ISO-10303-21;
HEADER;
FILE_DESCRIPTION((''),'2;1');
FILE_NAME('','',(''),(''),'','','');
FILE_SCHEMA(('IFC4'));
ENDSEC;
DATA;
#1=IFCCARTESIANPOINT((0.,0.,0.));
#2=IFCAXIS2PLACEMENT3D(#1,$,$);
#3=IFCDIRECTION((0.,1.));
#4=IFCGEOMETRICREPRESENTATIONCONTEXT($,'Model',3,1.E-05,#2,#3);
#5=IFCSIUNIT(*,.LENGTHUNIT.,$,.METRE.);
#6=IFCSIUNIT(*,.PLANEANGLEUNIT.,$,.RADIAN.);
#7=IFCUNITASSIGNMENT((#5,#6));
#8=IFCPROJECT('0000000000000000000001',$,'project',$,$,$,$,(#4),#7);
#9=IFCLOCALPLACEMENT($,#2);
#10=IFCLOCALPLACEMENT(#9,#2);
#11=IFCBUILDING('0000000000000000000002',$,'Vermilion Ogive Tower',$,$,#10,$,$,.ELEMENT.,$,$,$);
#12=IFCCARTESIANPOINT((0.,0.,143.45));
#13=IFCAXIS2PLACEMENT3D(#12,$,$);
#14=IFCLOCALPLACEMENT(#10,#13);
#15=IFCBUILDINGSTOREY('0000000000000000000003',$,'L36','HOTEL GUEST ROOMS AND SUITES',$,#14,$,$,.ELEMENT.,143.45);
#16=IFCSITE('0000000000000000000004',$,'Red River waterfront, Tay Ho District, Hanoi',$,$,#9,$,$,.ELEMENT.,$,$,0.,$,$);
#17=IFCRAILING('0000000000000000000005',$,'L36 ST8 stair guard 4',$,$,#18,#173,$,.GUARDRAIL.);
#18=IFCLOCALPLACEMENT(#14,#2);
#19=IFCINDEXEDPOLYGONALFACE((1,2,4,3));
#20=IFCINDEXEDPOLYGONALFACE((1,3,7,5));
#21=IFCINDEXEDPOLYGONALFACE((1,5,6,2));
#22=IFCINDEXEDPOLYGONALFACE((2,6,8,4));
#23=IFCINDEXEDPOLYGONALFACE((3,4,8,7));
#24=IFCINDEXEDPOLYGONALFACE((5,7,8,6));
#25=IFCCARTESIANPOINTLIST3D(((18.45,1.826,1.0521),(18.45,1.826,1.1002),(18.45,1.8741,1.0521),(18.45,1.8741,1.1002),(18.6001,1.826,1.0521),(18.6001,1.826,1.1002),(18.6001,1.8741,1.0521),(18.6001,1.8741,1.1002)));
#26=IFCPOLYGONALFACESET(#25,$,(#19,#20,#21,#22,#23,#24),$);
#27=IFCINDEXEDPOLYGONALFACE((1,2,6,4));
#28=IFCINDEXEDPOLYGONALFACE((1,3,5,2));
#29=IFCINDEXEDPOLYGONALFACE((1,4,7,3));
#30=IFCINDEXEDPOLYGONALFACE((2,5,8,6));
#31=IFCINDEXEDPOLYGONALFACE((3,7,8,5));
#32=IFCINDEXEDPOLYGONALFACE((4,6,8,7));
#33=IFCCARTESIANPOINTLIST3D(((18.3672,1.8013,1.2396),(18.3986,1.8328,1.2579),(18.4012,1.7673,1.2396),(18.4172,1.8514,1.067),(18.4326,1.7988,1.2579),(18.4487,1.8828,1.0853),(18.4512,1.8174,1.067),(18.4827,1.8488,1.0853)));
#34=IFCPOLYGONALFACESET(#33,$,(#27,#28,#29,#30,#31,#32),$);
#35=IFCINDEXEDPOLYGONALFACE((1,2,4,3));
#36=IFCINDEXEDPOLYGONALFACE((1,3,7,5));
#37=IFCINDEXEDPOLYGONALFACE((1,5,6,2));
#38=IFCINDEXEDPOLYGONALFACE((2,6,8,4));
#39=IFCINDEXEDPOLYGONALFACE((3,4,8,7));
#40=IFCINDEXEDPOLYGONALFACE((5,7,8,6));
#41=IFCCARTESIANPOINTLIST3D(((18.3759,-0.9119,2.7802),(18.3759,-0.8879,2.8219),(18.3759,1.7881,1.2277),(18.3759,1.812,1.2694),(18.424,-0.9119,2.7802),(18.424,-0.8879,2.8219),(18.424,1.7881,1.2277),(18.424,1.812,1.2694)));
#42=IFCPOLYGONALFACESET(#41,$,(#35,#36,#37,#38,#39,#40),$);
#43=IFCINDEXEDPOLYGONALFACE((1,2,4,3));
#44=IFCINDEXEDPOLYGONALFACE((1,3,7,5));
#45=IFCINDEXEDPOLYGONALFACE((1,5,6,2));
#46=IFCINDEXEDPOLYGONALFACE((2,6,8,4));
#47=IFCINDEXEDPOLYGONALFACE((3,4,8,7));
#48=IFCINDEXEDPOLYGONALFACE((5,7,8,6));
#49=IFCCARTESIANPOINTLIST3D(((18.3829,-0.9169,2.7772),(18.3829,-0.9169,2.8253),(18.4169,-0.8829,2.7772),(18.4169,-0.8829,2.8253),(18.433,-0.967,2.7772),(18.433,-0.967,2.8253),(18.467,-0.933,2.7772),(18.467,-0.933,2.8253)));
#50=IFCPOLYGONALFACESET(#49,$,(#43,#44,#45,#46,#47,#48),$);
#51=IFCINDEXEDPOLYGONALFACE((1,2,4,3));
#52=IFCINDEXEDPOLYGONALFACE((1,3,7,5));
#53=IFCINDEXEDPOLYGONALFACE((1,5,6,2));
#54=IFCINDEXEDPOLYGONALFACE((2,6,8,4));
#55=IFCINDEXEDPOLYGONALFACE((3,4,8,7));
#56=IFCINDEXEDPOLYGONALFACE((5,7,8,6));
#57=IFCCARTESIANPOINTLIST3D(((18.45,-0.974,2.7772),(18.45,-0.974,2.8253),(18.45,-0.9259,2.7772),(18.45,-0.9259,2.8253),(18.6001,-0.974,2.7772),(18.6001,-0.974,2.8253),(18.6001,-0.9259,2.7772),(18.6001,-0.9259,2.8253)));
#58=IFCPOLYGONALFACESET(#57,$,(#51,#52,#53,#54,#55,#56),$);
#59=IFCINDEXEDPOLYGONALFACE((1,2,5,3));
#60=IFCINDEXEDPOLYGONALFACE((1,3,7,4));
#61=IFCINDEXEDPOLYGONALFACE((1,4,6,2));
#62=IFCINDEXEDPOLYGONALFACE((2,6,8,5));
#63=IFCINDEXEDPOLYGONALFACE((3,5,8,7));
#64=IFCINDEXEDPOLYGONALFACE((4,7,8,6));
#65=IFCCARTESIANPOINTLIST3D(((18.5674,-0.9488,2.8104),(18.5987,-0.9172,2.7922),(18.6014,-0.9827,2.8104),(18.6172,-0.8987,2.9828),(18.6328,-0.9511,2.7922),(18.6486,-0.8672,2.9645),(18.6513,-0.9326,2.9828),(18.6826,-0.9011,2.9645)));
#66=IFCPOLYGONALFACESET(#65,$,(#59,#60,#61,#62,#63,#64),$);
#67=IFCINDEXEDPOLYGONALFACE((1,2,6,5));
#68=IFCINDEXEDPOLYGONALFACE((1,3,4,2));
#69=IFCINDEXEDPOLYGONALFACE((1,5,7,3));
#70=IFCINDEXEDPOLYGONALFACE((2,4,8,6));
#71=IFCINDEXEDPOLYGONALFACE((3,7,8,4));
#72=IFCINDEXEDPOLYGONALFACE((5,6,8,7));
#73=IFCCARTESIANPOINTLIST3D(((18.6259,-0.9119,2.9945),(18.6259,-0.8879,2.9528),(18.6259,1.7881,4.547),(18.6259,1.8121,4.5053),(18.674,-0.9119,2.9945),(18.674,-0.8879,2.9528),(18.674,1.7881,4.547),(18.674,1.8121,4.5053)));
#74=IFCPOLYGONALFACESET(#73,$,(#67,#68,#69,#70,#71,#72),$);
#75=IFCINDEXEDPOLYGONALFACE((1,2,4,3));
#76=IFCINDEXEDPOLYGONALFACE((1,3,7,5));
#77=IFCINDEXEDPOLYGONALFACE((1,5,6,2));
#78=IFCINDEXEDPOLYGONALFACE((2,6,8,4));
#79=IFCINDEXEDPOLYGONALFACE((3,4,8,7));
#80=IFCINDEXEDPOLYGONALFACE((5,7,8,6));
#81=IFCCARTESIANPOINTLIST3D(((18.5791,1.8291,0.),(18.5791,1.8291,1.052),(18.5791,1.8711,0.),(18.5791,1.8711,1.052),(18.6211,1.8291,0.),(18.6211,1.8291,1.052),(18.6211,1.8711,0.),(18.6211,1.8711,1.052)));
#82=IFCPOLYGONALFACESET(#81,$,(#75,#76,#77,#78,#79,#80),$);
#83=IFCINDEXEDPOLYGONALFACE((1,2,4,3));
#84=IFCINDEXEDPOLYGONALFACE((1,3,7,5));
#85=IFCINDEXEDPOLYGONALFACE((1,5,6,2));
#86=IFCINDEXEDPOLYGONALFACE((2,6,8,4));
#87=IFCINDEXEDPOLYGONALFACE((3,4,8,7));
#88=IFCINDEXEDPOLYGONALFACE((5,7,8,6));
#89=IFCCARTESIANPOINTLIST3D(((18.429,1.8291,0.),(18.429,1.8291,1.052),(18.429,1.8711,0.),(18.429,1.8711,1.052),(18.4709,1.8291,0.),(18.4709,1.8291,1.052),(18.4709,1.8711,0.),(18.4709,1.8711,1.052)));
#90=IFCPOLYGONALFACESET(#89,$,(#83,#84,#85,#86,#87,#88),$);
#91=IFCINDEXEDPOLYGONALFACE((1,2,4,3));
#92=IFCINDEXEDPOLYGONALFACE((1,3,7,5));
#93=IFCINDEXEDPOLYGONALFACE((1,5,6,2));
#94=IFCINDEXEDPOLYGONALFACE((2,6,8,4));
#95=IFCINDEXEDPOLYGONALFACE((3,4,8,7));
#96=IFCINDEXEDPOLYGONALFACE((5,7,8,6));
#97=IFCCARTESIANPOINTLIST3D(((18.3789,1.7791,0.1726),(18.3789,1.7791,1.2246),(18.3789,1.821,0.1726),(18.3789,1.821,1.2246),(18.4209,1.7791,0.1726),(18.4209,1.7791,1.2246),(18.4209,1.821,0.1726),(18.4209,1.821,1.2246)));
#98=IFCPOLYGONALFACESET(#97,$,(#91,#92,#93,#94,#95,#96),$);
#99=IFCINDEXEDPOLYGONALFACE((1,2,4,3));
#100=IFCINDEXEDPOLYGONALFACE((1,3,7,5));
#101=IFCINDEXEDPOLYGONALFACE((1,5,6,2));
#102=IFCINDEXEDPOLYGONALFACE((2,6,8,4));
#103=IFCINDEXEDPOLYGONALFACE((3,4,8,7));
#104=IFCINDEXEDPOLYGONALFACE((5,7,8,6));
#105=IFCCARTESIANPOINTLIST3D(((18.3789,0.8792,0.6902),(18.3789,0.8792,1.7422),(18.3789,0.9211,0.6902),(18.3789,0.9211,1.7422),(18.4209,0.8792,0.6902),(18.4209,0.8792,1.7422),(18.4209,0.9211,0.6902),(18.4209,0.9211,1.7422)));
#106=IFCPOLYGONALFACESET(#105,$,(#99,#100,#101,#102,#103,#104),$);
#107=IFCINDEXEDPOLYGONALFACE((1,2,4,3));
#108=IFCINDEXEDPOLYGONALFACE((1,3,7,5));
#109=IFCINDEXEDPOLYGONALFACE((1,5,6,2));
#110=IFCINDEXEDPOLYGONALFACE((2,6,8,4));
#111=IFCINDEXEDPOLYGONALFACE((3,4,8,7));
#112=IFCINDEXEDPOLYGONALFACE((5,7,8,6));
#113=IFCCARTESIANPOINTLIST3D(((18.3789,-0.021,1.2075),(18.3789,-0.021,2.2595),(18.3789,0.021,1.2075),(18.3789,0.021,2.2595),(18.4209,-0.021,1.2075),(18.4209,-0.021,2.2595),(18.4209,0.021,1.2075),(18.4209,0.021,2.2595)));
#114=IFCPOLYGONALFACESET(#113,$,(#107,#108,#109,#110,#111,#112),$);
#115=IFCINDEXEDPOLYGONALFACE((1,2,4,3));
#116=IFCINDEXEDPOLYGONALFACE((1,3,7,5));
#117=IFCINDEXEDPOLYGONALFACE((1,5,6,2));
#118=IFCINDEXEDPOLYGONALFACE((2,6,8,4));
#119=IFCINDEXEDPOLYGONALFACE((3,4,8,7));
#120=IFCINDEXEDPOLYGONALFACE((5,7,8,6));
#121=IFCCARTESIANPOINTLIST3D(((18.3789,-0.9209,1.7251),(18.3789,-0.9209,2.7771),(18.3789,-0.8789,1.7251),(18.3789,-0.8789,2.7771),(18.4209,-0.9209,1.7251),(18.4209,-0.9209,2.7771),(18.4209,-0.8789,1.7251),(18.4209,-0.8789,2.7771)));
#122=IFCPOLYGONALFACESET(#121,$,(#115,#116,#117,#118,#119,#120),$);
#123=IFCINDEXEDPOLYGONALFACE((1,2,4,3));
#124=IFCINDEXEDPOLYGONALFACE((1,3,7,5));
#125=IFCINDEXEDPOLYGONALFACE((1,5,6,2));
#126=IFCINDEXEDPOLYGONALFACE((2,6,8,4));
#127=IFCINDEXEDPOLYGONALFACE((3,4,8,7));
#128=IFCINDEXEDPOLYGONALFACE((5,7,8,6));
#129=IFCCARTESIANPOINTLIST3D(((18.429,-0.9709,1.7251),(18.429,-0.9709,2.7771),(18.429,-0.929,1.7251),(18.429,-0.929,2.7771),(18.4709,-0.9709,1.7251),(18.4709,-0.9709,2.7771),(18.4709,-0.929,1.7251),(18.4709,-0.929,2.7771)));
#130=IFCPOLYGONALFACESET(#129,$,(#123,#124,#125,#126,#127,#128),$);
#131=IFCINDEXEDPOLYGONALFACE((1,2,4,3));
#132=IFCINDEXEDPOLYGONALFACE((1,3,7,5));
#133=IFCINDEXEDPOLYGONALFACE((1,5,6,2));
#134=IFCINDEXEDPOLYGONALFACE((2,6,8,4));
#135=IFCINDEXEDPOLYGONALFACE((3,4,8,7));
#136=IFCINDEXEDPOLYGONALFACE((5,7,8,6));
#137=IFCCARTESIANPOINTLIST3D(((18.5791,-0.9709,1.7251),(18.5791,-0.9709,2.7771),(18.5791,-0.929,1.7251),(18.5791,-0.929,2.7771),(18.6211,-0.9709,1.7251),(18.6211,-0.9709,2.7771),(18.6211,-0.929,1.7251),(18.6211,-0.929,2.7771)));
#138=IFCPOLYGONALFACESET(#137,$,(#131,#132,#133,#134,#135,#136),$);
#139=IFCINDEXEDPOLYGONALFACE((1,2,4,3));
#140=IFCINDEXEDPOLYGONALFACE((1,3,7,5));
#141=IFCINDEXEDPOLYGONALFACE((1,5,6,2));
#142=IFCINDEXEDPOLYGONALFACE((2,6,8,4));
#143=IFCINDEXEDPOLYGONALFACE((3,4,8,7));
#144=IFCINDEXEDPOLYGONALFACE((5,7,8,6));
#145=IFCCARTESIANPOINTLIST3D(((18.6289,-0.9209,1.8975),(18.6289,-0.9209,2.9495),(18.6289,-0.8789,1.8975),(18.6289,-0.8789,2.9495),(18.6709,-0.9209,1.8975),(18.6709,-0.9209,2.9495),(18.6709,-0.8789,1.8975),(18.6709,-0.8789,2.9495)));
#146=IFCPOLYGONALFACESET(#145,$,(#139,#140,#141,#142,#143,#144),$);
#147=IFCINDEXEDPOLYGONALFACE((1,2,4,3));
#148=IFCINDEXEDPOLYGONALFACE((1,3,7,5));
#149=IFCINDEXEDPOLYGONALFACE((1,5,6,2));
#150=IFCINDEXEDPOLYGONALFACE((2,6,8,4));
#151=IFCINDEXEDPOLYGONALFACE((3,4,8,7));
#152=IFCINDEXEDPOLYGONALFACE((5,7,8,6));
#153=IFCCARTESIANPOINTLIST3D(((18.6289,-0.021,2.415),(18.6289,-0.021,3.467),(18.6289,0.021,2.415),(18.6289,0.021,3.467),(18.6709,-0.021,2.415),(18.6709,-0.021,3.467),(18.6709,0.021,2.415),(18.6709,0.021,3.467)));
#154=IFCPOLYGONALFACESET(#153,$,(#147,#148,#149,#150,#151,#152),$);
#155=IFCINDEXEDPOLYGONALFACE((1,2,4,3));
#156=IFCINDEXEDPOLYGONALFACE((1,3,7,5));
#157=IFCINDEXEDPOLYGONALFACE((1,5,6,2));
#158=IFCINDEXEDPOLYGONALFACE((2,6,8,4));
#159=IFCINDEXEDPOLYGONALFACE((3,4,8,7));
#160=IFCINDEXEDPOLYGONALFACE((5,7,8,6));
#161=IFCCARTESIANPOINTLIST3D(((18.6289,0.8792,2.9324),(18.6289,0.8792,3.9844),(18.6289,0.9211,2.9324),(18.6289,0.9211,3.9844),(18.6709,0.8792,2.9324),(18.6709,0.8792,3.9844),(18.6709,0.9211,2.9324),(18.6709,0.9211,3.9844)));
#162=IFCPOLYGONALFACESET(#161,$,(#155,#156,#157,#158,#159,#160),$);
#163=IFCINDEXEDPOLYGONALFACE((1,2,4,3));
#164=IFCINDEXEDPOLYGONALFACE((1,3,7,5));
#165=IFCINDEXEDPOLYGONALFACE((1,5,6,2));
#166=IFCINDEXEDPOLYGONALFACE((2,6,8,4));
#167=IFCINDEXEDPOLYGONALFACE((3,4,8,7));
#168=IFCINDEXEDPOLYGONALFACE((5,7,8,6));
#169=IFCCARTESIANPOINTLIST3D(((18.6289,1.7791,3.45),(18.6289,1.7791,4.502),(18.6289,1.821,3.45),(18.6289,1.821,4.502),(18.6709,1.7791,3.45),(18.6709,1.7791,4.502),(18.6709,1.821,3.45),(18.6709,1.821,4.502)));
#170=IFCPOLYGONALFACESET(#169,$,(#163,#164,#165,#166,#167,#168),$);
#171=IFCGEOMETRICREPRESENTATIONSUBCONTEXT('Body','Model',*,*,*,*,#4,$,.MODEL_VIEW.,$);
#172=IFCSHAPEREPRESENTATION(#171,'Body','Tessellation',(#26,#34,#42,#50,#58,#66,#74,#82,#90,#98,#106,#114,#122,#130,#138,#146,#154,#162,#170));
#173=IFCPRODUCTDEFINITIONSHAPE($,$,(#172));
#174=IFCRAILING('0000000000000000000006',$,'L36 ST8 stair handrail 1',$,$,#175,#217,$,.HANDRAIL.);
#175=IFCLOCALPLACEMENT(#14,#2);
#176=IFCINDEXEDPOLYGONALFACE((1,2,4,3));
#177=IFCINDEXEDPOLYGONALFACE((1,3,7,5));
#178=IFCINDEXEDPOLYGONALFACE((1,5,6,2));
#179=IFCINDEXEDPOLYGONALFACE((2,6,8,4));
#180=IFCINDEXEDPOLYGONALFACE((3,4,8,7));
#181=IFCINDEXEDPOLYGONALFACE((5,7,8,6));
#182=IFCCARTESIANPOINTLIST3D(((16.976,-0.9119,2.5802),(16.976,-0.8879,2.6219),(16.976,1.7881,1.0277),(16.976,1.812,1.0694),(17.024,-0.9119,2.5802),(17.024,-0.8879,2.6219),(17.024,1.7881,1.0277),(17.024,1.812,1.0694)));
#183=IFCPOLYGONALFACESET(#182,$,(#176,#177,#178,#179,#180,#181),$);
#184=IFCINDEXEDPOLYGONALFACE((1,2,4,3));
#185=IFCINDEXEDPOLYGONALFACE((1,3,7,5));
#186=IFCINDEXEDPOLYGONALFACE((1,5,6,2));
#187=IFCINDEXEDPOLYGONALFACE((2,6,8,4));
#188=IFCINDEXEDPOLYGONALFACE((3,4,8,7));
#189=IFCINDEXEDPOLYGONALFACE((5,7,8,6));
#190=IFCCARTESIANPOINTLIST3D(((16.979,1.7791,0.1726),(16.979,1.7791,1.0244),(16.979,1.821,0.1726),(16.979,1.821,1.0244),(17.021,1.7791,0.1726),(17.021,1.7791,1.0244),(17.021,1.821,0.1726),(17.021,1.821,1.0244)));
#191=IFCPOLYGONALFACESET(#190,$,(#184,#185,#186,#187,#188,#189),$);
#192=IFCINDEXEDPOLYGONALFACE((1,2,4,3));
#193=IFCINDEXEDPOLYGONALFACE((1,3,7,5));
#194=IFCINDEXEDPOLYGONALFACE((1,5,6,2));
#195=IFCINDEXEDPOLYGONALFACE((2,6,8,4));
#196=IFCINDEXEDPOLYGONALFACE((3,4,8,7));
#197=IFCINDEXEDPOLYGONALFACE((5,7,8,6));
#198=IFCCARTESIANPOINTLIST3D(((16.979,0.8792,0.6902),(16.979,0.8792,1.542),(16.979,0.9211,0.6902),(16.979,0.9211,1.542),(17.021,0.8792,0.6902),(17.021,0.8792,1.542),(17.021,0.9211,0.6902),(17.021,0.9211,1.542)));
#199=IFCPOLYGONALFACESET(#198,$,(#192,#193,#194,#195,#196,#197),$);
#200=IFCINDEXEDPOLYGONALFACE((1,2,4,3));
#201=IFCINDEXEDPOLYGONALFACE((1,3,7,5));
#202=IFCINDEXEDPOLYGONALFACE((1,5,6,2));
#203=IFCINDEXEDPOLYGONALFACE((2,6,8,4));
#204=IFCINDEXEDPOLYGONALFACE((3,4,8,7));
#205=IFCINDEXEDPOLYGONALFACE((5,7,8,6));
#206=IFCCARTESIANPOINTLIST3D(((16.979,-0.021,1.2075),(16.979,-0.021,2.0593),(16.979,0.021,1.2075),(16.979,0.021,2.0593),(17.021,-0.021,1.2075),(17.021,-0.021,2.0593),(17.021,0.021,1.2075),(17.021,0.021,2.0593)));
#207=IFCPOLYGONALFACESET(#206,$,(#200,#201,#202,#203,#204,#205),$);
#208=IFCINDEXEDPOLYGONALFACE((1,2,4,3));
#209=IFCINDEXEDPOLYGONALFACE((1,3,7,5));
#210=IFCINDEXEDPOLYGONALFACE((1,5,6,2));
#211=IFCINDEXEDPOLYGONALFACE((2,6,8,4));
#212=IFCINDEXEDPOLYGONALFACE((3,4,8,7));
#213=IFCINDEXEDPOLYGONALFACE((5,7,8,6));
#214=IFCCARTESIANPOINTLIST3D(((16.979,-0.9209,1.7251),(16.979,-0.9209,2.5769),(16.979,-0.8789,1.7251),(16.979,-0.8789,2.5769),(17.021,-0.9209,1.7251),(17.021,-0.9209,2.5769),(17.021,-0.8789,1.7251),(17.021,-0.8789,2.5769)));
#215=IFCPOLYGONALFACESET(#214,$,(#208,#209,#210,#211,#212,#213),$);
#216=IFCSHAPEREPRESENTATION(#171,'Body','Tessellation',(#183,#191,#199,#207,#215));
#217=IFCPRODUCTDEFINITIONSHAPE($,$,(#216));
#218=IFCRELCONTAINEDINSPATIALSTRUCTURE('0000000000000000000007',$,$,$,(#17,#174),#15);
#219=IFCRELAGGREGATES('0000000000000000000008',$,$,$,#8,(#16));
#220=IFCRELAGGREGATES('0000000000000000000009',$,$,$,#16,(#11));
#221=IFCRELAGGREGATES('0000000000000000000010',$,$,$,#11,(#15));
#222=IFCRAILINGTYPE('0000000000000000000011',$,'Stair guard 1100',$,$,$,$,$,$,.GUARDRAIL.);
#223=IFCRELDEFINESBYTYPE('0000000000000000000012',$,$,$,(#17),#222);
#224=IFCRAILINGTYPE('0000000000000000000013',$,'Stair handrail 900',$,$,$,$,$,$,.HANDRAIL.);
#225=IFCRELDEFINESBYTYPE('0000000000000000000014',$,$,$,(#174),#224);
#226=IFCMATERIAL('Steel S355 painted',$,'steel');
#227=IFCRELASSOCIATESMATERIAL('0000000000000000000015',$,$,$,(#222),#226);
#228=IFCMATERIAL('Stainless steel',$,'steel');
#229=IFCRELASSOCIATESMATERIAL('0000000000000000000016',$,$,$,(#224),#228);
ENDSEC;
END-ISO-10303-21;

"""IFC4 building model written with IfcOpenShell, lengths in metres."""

from ifc_helpers import new_model, si_unit, direction, frame, origin, origin_2d, place, context, subcontext, project, spatial, rectangle, extrude, material, type_object, element, save


model = new_model("IFC4")

# Units and contexts
model_context = context("Model", 3, precision=1e-05, world=origin(), true_north=direction((0.0, 1.0)))
body_context = subcontext(model_context, "Body", "Model", "MODEL_VIEW")
ifc_project = project(units=[si_unit("LENGTHUNIT", "METRE"), si_unit("PLANEANGLEUNIT", "RADIAN")], contexts=[model_context])

# Site, building, storey
site_placement = place(None, origin())
site = spatial("IfcSite", under=ifc_project, at=site_placement, Name="Red River waterfront, Tay Ho District, Hanoi", CompositionType="ELEMENT", RefElevation=0.0)
building_placement = place(site_placement, origin())
building = spatial("IfcBuilding", under=site, at=building_placement, Name="Vermilion Ogive Tower", CompositionType="ELEMENT")
storey_placement = place(building_placement, frame((0.0, 0.0, 143.45)))
storey = spatial("IfcBuildingStorey", under=building, at=storey_placement, Name="L36", Description="HOTEL GUEST ROOMS AND SUITES", CompositionType="ELEMENT", Elevation=143.45)

# Railings
ifc_material_1 = material(Name="Steel S355 painted", Category="steel")
railing_type_1 = type_object("IfcRailingType", Name="Stair guard 1100", PredefinedType="GUARDRAIL", material=ifc_material_1)
railing_1_placement = place(storey_placement, frame((18.6001, 1.8501, 0.0)))
element("IfcRailing", 1, at=railing_1_placement, inside=storey, type_object=railing_type_1, Name="L36 ST8 stair guard 4", PredefinedType="GUARDRAIL", context=body_context, shape_type="SweptSolid", body=[
    extrude(rectangle(XDim=0.0481, YDim=0.0481, at=origin_2d()), frame((0.0, 0.0, 1.0762), z_axis=(-1.0, 0.0, 0.0), x_axis=(0.0, -1.0, 0.0)), (0.0, 0.0, 1.0), 0.1501),
    extrude(rectangle(XDim=0.0481, YDim=0.0481, at=origin_2d()), frame((-0.1501, 0.0, 1.0762), z_axis=(-0.268278, -0.268278, 0.925232), x_axis=(0.707107, -0.707107, 0.0)), (0.0, 0.0, 1.0), 0.1865),
    extrude(rectangle(XDim=0.0481, YDim=0.0481, at=origin_2d()), frame((-0.2002, -0.05, 1.2485), z_axis=(0.0, -0.866904, 0.498476), x_axis=(1.0, 0.0, 0.0)), (0.0, 0.0, 1.0), 3.1145),
    extrude(rectangle(XDim=0.0481, YDim=0.0481, at=origin_2d()), frame((-0.2002, -2.75, 2.8013), z_axis=(0.707107, -0.707107, 0.0), x_axis=(0.707107, 0.707107, 0.0)), (0.0, 0.0, 1.0), 0.0708),
    extrude(rectangle(XDim=0.0481, YDim=0.0481, at=origin_2d()), frame((-0.1501, -2.8, 2.8013), z_axis=(1.0, 0.0, 0.0), x_axis=(0.0, 1.0, 0.0)), (0.0, 0.0, 1.0), 0.1501),
    extrude(rectangle(XDim=0.0481, YDim=0.0481, at=origin_2d()), frame((0.0, -2.8, 2.8013), z_axis=(0.267387, 0.268698, 0.925368), x_axis=(-0.708834, 0.705376, 0.0)), (0.0, 0.0, 1.0), 0.1863),
    extrude(rectangle(XDim=0.0481, YDim=0.0481, at=origin_2d()), frame((0.0498, -2.75, 2.9736), z_axis=(0.0, 0.866904, 0.498476), x_axis=(-1.0, 0.0, 0.0)), (0.0, 0.0, 1.0), 3.1145),
    extrude(rectangle(XDim=0.042, YDim=0.042, at=origin_2d()), origin(), (0.0, 0.0, 1.0), 1.052),
    extrude(rectangle(XDim=0.042, YDim=0.042, at=origin_2d()), frame((-0.1501, 0.0, 0.0)), (0.0, 0.0, 1.0), 1.052),
    extrude(rectangle(XDim=0.042, YDim=0.042, at=origin_2d()), frame((-0.2002, -0.05, 0.1726)), (0.0, 0.0, 1.0), 1.052),
    extrude(rectangle(XDim=0.042, YDim=0.042, at=origin_2d()), frame((-0.2002, -0.95, 0.6902)), (0.0, 0.0, 1.0), 1.052),
    extrude(rectangle(XDim=0.042, YDim=0.042, at=origin_2d()), frame((-0.2002, -1.8501, 1.2075)), (0.0, 0.0, 1.0), 1.052),
    extrude(rectangle(XDim=0.042, YDim=0.042, at=origin_2d()), frame((-0.2002, -2.75, 1.7251)), (0.0, 0.0, 1.0), 1.052),
    extrude(rectangle(XDim=0.042, YDim=0.042, at=origin_2d()), frame((-0.1501, -2.8, 1.7251)), (0.0, 0.0, 1.0), 1.052),
    extrude(rectangle(XDim=0.042, YDim=0.042, at=origin_2d()), frame((0.0, -2.8, 1.7251)), (0.0, 0.0, 1.0), 1.052),
    extrude(rectangle(XDim=0.042, YDim=0.042, at=origin_2d()), frame((0.0498, -2.75, 1.8975)), (0.0, 0.0, 1.0), 1.052),
    extrude(rectangle(XDim=0.042, YDim=0.042, at=origin_2d()), frame((0.0498, -1.8501, 2.415)), (0.0, 0.0, 1.0), 1.052),
    extrude(rectangle(XDim=0.042, YDim=0.042, at=origin_2d()), frame((0.0498, -0.95, 2.9324)), (0.0, 0.0, 1.0), 1.052),
    extrude(rectangle(XDim=0.042, YDim=0.042, at=origin_2d()), frame((0.0498, -0.05, 3.45)), (0.0, 0.0, 1.0), 1.052),
])
ifc_material_2 = material(Name="Stainless steel", Category="steel")
railing_type_2 = type_object("IfcRailingType", Name="Stair handrail 900", PredefinedType="HANDRAIL", material=ifc_material_2)
railing_2_placement = place(storey_placement, frame((17.0, 1.8, 0.1726)))
element("IfcRailing", 2, at=railing_2_placement, inside=storey, type_object=railing_type_2, Name="L36 ST8 stair handrail 1", PredefinedType="HANDRAIL", context=body_context, shape_type="SweptSolid", body=[
    extrude(rectangle(XDim=0.0481, YDim=0.0481, at=origin_2d()), frame((0.0, 0.0, 0.876), z_axis=(0.0, -0.866904, 0.498476), x_axis=(1.0, 0.0, 0.0)), (0.0, 0.0, 1.0), 3.1145),
    extrude(rectangle(XDim=0.042, YDim=0.042, at=origin_2d()), origin(), (0.0, 0.0, 1.0), 0.8518),
    extrude(rectangle(XDim=0.042, YDim=0.042, at=origin_2d()), frame((0.0, -0.8999, 0.5176)), (0.0, 0.0, 1.0), 0.8518),
    extrude(rectangle(XDim=0.042, YDim=0.042, at=origin_2d()), frame((0.0, -1.8, 1.0349)), (0.0, 0.0, 1.0), 0.8518),
    extrude(rectangle(XDim=0.042, YDim=0.042, at=origin_2d()), frame((0.0, -2.7, 1.5525)), (0.0, 0.0, 1.0), 0.8518),
])

save(model, "model.ifc")
